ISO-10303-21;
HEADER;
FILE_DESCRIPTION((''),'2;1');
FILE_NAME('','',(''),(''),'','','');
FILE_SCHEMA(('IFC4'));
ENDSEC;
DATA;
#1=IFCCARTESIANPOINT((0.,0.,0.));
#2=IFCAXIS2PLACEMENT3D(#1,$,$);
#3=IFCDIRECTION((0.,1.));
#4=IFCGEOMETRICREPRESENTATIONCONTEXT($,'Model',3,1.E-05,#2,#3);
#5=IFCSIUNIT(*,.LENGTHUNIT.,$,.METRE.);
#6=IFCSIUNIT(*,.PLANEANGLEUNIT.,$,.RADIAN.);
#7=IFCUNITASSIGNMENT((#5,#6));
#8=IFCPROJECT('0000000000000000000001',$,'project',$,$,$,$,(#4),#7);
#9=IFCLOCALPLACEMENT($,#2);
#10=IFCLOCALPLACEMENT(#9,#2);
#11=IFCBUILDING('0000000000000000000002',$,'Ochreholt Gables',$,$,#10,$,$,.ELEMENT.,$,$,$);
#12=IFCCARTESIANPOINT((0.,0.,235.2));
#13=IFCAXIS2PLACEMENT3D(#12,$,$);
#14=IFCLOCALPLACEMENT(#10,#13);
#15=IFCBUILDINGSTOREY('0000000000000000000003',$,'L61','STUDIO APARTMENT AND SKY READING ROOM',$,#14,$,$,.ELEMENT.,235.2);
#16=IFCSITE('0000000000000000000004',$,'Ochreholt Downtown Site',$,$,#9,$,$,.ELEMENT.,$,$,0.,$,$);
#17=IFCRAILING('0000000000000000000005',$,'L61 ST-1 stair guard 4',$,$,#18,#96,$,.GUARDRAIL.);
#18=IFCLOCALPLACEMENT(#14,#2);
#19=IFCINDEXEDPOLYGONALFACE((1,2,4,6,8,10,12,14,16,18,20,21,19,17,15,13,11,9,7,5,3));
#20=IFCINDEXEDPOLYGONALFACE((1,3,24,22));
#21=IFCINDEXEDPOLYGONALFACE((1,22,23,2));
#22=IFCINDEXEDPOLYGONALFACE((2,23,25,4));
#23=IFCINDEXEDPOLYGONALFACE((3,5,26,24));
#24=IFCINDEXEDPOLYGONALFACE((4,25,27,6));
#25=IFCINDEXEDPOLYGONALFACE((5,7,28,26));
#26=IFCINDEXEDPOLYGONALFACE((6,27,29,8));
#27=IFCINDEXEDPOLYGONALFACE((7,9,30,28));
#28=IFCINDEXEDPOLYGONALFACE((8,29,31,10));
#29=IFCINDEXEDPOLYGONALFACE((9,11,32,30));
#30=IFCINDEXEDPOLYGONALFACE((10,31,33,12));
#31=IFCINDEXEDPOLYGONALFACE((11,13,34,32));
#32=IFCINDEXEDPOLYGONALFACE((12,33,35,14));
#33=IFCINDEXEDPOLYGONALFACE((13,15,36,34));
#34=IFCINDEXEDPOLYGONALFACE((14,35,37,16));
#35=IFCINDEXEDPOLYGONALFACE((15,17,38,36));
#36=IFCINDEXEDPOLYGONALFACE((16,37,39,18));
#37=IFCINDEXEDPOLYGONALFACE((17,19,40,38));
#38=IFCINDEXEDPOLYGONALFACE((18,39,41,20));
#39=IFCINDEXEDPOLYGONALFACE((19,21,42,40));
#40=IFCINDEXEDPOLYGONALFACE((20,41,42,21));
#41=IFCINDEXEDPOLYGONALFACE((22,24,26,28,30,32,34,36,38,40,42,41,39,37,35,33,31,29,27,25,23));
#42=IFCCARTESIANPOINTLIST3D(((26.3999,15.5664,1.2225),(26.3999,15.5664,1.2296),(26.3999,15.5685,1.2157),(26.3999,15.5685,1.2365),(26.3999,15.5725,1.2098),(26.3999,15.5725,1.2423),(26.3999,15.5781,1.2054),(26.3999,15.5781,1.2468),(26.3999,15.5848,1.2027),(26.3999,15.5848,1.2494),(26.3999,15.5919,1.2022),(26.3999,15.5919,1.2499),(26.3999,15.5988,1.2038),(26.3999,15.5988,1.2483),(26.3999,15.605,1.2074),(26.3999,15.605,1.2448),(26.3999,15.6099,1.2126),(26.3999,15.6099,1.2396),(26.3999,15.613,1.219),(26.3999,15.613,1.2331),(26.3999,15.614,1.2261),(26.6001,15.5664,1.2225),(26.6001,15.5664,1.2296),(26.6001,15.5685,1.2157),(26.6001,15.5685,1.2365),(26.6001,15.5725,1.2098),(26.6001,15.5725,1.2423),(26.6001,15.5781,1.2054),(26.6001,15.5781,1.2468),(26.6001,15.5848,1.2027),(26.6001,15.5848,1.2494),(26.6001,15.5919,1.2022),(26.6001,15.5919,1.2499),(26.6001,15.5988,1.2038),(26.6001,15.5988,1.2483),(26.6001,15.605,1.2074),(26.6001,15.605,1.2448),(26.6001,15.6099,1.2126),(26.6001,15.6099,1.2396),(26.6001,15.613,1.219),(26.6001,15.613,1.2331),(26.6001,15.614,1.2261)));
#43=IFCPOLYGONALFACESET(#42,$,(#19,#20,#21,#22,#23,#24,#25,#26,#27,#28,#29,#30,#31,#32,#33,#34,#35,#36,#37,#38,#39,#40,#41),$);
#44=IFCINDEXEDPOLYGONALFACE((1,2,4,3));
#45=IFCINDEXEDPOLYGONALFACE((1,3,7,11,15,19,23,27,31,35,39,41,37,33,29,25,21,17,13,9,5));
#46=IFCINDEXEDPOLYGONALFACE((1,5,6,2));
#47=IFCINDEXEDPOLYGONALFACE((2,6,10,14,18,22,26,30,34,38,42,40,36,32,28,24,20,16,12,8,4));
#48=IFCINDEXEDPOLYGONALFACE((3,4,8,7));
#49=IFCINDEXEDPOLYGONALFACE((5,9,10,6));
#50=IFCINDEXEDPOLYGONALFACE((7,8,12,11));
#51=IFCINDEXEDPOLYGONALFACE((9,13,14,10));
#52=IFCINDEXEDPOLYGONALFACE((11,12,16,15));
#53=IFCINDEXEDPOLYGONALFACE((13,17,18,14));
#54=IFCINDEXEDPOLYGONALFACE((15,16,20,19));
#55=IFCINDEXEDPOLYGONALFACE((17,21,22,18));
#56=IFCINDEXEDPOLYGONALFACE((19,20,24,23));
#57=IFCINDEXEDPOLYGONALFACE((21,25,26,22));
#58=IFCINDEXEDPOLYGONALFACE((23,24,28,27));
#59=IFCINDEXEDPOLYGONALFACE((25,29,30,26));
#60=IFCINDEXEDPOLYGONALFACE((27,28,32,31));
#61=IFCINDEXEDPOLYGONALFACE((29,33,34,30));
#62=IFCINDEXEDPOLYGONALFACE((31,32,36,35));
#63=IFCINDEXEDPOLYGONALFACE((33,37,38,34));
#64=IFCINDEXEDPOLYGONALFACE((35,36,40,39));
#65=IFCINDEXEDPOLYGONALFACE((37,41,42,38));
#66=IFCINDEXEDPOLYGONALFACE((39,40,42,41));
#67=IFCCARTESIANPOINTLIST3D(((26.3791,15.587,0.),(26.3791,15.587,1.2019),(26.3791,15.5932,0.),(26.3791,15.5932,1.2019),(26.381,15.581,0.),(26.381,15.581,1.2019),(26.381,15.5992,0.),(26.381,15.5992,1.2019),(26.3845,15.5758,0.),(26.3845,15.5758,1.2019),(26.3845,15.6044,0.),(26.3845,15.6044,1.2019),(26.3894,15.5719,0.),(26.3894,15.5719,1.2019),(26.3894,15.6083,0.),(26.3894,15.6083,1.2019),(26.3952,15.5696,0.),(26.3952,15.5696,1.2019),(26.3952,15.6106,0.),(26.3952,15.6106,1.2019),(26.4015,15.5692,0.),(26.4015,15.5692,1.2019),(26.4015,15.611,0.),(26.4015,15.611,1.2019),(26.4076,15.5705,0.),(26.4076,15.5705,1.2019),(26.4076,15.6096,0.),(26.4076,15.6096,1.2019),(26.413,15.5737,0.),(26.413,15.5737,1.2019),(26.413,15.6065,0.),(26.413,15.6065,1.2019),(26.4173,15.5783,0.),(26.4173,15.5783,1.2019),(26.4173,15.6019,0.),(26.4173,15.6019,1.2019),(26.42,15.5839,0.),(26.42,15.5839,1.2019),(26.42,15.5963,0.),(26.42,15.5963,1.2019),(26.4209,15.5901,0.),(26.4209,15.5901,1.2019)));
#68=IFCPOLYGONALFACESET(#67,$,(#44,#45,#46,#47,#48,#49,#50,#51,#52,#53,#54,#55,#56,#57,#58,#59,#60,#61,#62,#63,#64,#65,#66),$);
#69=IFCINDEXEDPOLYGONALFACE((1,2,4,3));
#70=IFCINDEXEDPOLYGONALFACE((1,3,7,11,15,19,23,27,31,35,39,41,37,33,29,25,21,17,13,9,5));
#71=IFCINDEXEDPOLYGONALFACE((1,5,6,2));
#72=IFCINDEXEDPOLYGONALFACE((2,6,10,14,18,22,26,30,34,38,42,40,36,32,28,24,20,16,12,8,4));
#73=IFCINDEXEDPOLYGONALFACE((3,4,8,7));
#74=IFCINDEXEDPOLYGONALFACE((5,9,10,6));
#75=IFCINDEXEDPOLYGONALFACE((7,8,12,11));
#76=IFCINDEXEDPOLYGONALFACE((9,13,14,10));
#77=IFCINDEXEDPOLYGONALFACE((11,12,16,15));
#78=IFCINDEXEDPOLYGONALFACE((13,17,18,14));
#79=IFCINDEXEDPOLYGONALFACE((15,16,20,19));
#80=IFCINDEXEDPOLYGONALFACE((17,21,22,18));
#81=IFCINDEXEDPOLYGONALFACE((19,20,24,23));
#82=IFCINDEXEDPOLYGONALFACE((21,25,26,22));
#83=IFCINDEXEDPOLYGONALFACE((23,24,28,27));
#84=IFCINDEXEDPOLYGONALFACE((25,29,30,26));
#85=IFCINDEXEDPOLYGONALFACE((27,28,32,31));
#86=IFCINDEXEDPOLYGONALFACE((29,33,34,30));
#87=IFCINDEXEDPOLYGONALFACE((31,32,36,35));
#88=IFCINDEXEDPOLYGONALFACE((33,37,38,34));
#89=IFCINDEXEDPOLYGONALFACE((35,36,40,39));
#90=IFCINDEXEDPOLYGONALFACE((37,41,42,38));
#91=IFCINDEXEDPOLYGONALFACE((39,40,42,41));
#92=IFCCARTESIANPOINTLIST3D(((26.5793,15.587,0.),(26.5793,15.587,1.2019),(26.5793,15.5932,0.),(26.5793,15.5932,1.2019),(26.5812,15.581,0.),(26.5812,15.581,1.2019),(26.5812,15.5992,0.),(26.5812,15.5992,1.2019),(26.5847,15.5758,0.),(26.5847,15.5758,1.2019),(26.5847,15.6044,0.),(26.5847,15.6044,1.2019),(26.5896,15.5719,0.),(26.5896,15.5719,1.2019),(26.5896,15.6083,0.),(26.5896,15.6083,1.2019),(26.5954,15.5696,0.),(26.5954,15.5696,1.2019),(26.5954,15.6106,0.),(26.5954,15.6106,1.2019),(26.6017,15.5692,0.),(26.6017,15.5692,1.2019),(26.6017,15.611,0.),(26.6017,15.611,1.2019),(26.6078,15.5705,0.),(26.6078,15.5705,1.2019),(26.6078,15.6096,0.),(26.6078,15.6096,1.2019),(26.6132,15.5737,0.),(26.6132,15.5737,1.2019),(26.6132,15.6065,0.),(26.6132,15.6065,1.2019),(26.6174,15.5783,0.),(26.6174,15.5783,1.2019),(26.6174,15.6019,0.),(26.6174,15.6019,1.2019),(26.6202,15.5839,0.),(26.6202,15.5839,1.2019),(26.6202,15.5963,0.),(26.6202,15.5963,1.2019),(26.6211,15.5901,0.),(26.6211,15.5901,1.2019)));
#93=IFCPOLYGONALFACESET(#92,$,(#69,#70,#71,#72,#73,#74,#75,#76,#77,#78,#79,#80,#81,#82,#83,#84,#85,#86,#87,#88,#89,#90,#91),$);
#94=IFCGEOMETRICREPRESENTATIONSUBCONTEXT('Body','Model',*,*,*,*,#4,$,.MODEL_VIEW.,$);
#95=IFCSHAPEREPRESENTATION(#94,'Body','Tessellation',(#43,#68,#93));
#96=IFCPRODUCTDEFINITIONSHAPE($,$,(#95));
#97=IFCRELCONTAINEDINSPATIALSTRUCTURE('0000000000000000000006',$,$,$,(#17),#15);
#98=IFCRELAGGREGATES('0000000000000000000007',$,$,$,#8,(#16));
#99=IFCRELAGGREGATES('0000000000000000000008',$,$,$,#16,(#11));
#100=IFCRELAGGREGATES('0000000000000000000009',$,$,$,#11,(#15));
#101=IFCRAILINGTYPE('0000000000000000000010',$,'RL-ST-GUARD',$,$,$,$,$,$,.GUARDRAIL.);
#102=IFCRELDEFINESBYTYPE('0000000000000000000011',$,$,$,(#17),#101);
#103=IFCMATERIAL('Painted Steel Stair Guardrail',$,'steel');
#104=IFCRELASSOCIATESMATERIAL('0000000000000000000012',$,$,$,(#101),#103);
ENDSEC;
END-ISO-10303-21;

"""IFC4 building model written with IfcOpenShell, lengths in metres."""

from ifc_helpers import new_model, si_unit, direction, frame, origin, origin_2d, place, context, subcontext, project, spatial, circle, extrude, material, type_object, element, save


model = new_model("IFC4")

# Units and contexts
model_context = context("Model", 3, precision=1e-05, world=origin(), true_north=direction((0.0, 1.0)))
body_context = subcontext(model_context, "Body", "Model", "MODEL_VIEW")
ifc_project = project(units=[si_unit("LENGTHUNIT", "METRE"), si_unit("PLANEANGLEUNIT", "RADIAN")], contexts=[model_context])

# Site, building, storey
site_placement = place(None, origin())
site = spatial("IfcSite", under=ifc_project, at=site_placement, Name="Ochreholt Downtown Site", CompositionType="ELEMENT", RefElevation=0.0)
building_placement = place(site_placement, origin())
building = spatial("IfcBuilding", under=site, at=building_placement, Name="Ochreholt Gables", CompositionType="ELEMENT")
storey_placement = place(building_placement, frame((0.0, 0.0, 235.2)))
storey = spatial("IfcBuildingStorey", under=building, at=storey_placement, Name="L61", Description="STUDIO APARTMENT AND SKY READING ROOM", CompositionType="ELEMENT", Elevation=235.2)

# Railing
ifc_material_1 = material(Name="Painted Steel Stair Guardrail", Category="steel")
railing_type_1 = type_object("IfcRailingType", Name="RL-ST-GUARD", PredefinedType="GUARDRAIL", material=ifc_material_1)
railing_1_placement = place(storey_placement, frame((26.3999, 15.5901, 0.0)))
element("IfcRailing", 1, at=railing_1_placement, inside=storey, type_object=railing_type_1, Name="L61 ST-1 stair guard 4", PredefinedType="GUARDRAIL", context=body_context, shape_type="SweptSolid", body=[
    extrude(circle(Radius=0.0239, at=origin_2d()), frame((0.0, 0.0, 1.2261), z_axis=(1.0, 0.0, 0.0), x_axis=(0.0, 1.0, 0.0)), (0.0, 0.0, 1.0), 0.2002),
    extrude(circle(Radius=0.021, at=origin_2d()), origin(), (0.0, 0.0, 1.0), 1.2019),
    extrude(circle(Radius=0.021, at=origin_2d()), frame((0.2002, 0.0, 0.0)), (0.0, 0.0, 1.0), 1.2019),
])

save(model, "model.ifc")
